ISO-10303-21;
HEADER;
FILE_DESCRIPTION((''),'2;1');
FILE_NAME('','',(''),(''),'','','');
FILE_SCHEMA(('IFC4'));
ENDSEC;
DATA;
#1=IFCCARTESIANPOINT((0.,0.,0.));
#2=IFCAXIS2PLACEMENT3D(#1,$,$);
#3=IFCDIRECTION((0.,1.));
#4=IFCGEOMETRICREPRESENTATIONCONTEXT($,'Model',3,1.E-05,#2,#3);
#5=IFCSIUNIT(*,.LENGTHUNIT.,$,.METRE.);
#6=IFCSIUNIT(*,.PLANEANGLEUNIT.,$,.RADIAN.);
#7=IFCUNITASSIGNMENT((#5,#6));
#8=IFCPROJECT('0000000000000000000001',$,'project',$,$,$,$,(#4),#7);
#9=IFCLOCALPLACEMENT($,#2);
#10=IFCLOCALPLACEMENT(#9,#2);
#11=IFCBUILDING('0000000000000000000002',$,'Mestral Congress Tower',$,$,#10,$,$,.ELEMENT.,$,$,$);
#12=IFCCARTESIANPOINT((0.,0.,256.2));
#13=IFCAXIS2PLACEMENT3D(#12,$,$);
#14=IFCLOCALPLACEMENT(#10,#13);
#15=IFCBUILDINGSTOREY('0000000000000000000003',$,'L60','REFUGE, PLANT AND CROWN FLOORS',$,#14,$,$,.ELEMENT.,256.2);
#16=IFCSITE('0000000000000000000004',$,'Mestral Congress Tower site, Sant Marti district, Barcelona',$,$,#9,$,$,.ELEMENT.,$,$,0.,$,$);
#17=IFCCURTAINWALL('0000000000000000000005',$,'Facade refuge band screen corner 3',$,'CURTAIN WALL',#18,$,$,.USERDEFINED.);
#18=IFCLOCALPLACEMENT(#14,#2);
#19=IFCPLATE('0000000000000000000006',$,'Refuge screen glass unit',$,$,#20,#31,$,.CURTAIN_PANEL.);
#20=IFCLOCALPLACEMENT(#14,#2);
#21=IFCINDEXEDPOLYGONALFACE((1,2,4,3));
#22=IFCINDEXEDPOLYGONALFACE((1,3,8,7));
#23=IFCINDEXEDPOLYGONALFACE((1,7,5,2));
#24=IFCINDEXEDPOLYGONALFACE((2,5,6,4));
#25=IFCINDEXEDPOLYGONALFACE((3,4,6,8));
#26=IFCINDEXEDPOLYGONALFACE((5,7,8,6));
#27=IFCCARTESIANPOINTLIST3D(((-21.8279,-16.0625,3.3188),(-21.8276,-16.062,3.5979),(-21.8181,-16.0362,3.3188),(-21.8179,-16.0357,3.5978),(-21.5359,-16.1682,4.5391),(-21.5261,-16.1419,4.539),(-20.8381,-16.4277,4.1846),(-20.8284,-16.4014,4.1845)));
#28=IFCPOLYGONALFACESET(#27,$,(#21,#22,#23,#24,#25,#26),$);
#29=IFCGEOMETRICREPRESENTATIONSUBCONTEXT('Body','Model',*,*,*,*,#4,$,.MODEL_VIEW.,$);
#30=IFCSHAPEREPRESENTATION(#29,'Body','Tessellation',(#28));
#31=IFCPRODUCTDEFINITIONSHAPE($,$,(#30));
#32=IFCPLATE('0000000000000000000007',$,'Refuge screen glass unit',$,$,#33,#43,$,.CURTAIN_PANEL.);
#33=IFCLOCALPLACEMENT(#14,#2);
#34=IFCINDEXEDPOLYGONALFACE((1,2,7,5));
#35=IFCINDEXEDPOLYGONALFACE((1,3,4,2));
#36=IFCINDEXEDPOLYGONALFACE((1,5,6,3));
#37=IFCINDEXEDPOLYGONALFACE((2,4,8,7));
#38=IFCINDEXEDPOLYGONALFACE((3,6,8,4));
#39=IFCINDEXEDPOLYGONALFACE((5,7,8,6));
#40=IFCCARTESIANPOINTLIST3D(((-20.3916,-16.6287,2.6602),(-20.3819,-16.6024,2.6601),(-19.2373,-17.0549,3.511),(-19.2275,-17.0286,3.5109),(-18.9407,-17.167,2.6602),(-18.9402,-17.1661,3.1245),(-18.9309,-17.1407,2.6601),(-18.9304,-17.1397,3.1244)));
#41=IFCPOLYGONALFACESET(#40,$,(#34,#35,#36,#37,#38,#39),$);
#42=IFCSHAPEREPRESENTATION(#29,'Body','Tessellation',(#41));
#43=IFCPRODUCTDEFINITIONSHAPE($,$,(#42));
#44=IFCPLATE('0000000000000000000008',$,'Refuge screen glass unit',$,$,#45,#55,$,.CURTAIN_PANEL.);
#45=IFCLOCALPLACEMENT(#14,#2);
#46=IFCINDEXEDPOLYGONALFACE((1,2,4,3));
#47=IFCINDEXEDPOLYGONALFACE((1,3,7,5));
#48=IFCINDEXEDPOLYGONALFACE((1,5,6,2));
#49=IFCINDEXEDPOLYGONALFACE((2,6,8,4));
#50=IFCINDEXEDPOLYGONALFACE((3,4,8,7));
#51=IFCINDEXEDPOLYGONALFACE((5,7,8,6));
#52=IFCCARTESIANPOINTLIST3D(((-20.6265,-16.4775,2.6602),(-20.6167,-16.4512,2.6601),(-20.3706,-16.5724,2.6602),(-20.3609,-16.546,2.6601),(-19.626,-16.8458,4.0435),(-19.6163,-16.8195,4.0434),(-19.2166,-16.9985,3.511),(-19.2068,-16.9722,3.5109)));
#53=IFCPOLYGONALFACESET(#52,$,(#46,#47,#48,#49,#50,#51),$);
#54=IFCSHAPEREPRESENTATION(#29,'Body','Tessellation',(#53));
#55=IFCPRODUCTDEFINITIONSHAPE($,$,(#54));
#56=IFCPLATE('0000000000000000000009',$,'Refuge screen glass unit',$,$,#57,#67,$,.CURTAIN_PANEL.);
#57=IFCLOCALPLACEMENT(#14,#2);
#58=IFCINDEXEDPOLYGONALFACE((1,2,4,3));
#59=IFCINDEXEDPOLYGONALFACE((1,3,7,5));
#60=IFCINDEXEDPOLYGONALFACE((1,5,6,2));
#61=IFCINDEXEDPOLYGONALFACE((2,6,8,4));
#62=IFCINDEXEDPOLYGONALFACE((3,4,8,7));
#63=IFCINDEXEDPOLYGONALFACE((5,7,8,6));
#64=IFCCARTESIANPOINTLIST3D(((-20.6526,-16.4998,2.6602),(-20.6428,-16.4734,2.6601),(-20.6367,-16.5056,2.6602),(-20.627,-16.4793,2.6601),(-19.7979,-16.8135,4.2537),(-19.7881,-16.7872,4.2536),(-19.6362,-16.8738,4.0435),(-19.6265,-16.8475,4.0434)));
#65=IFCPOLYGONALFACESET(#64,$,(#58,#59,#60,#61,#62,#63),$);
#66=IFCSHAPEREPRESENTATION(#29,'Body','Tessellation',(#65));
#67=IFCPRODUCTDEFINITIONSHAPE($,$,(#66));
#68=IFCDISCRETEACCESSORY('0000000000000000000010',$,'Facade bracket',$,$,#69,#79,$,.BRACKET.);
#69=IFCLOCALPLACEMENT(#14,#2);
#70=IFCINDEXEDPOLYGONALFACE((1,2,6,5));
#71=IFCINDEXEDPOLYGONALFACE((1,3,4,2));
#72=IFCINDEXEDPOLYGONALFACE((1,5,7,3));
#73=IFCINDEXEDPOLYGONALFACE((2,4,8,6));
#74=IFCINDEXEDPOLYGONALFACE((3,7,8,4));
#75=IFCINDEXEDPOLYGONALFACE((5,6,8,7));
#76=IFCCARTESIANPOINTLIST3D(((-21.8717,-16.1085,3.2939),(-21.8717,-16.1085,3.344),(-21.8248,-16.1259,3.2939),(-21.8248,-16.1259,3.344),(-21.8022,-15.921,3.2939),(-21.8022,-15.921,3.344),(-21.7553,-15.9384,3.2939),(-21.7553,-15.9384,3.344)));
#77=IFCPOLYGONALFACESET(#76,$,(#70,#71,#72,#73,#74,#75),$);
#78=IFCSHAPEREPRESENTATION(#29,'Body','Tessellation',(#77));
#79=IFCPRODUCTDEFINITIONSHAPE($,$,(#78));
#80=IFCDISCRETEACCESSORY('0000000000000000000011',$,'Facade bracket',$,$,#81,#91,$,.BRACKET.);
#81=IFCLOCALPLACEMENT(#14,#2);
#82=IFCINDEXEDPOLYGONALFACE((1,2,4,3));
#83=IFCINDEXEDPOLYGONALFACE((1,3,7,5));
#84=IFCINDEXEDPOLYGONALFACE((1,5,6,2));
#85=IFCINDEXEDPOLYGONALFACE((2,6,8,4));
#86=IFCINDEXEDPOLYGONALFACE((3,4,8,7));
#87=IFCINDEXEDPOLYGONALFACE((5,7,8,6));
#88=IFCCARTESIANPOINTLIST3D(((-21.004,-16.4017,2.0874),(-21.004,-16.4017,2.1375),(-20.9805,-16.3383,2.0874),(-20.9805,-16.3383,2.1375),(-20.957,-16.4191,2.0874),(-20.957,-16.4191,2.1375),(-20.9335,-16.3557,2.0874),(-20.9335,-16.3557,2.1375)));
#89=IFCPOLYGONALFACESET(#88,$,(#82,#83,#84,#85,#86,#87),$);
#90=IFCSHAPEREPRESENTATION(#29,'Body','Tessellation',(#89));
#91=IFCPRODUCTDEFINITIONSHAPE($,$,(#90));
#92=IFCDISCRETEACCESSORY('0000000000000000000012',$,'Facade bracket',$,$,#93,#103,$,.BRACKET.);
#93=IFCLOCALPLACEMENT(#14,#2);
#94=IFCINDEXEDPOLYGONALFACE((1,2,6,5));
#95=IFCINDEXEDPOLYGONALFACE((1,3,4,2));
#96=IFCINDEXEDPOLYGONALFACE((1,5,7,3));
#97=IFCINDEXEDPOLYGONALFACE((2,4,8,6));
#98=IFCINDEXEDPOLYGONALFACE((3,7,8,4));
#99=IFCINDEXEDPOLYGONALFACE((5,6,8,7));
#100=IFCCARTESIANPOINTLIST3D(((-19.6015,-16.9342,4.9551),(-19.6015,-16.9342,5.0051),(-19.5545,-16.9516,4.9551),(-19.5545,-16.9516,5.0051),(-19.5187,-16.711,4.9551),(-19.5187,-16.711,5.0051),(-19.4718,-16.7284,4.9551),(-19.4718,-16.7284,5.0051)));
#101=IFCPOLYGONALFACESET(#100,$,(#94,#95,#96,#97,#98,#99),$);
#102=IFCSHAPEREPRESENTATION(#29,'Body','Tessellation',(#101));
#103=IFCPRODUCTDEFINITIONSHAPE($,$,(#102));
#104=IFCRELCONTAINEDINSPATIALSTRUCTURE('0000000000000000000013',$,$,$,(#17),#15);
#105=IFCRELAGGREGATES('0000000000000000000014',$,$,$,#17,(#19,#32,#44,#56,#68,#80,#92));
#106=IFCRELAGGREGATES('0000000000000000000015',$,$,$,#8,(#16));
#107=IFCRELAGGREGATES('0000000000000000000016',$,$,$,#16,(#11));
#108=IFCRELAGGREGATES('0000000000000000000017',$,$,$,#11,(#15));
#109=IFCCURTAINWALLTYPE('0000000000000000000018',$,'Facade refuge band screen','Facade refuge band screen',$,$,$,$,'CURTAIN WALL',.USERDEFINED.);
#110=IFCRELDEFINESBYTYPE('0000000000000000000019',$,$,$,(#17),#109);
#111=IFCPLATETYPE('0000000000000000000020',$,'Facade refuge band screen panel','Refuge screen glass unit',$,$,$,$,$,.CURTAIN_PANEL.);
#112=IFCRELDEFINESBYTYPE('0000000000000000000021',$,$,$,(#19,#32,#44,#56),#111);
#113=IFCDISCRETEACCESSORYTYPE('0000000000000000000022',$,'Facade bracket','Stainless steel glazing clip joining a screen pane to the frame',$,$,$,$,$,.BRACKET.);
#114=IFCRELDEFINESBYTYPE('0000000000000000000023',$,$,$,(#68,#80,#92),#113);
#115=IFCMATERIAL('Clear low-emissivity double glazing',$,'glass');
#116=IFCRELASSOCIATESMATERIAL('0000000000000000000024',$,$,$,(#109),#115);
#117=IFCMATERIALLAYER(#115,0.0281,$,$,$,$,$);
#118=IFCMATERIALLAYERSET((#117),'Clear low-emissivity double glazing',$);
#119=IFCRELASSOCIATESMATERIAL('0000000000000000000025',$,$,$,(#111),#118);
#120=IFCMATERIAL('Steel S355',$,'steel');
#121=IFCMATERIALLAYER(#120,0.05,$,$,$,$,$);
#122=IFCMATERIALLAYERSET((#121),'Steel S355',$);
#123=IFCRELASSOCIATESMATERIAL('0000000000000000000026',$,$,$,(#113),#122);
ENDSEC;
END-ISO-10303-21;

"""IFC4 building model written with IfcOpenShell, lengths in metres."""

from ifc_helpers import new_model, si_unit, direction, frame, origin, origin_2d, place, context, subcontext, project, spatial, polyline, rectangle, outline, extrude, material, layer, layer_set, type_object, element, aggregate, save


model = new_model("IFC4")

# Units and contexts
model_context = context("Model", 3, precision=1e-05, world=origin(), true_north=direction((0.0, 1.0)))
body_context = subcontext(model_context, "Body", "Model", "MODEL_VIEW")
ifc_project = project(units=[si_unit("LENGTHUNIT", "METRE"), si_unit("PLANEANGLEUNIT", "RADIAN")], contexts=[model_context])

# Site, building, storey
site_placement = place(None, origin())
site = spatial("IfcSite", under=ifc_project, at=site_placement, Name="Mestral Congress Tower site, Sant Marti district, Barcelona", CompositionType="ELEMENT", RefElevation=0.0)
building_placement = place(site_placement, origin())
building = spatial("IfcBuilding", under=site, at=building_placement, Name="Mestral Congress Tower", CompositionType="ELEMENT")
storey_placement = place(building_placement, frame((0.0, 0.0, 256.2)))
storey = spatial("IfcBuildingStorey", under=building, at=storey_placement, Name="L60", Description="REFUGE, PLANT AND CROWN FLOORS", CompositionType="ELEMENT", Elevation=256.2)

# Shared definitions
ifc_material_1 = material(Name="Steel S355", Category="steel")

# Curtain wall
ifc_material_2 = material(Name="Clear low-emissivity double glazing", Category="glass")
curtain_wall_type = type_object("IfcCurtainWallType", Name="Facade refuge band screen", Description="Facade refuge band screen", ElementType="CURTAIN WALL", PredefinedType="USERDEFINED", material=ifc_material_2)
placement = place(storey_placement, origin())
curtain_wall_1 = element("IfcCurtainWall", 1, at=placement, inside=storey, type_object=curtain_wall_type, Name="Facade refuge band screen corner 3", ObjectType="CURTAIN WALL", PredefinedType="USERDEFINED")

# Plates
ifc_layer_1 = layer(ifc_material_2, 0.0281)
ifc_layer_set_1 = layer_set([ifc_layer_1], Name="Clear low-emissivity double glazing")
plate_type_1 = type_object("IfcPlateType", Name="Facade refuge band screen panel", Description="Refuge screen glass unit", PredefinedType="CURTAIN_PANEL", material=ifc_layer_set_1)
plate_1_placement = place(storey_placement, frame((-21.5359, -16.1682, 4.5391), z_axis=(-0.347712, -0.937599, 0.001977), x_axis=(0.846231, -0.314734, -0.429924)))
plate_1 = element("IfcPlate", 2, at=plate_1_placement, type_object=plate_type_1, Name="Refuge screen glass unit", PredefinedType="CURTAIN_PANEL", context=body_context, shape_type="SweptSolid", body=[
    extrude(outline(polyline([(0.0, 0.0), (0.8245, 0.0), (0.2442, -1.2352), (0.1243, -0.9832), (0.0, 0.0)])), origin(), (0.0, 0.0, -1.0), 0.0281),
])
plate_2_placement = place(storey_placement, frame((-18.9407, -17.167, 2.6602), z_axis=(-0.34782, -0.937559, 0.00222), x_axis=(-0.937561, 0.347821, 0.0)))
plate_2 = element("IfcPlate", 3, at=plate_2_placement, type_object=plate_type_1, Name="Refuge screen glass unit", PredefinedType="CURTAIN_PANEL", context=body_context, shape_type="SweptSolid", body=[
    extrude(outline(polyline([(0.0, 0.0), (1.5476, 0.0), (0.3171, -0.8508), (-0.0001, -0.4644), (0.0, 0.0)])), origin(), (0.0, 0.0, -1.0), 0.0281),
])
plate_3_placement = place(storey_placement, frame((-19.2166, -16.9985, 3.511), z_axis=(-0.347533, -0.937666, 0.001727), x_axis=(-0.771545, 0.284914, -0.568808)))
plate_3 = element("IfcPlate", 4, at=plate_3_placement, type_object=plate_type_1, Name="Refuge screen glass unit", PredefinedType="CURTAIN_PANEL", context=body_context, shape_type="SweptSolid", body=[
    extrude(outline(polyline([(0.0, 0.0), (1.4958, 0.0), (1.7202, -0.1552), (0.0566, -0.6865), (0.0, 0.0)])), origin(), (0.0, 0.0, -1.0), 0.0281),
])
plate_4_placement = place(storey_placement, frame((-19.6362, -16.8738, 4.0435), z_axis=(-0.347462, -0.937693, 0.001754), x_axis=(-0.572878, 0.210798, -0.79207)))
plate_4 = element("IfcPlate", 5, at=plate_4_placement, type_object=plate_type_1, Name="Refuge screen glass unit", PredefinedType="CURTAIN_PANEL", context=body_context, shape_type="SweptSolid", body=[
    extrude(outline(polyline([(0.0, 0.0), (1.7464, 0.0), (1.7568, -0.0134), (-0.0612, -0.265), (0.0, 0.0)])), origin(), (0.0, 0.0, -1.0), 0.0281),
])

# Discrete accessories
ifc_layer_2 = layer(ifc_material_1, 0.05)
ifc_layer_set_2 = layer_set([ifc_layer_2], Name="Steel S355")
discrete_accessory_type = type_object("IfcDiscreteAccessoryType", Name="Facade bracket", Description="Stainless steel glazing clip joining a screen pane to the frame", PredefinedType="BRACKET", material=ifc_layer_set_2)
discrete_accessory_1_placement = place(storey_placement, frame((-21.8135, -16.0234, 3.2939), z_axis=(0.0, 0.0, 1.0), x_axis=(0.937602, -0.347711, 0.0)))
discrete_accessory_1 = element("IfcDiscreteAccessory", 6, at=discrete_accessory_1_placement, type_object=discrete_accessory_type, Name="Facade bracket", PredefinedType="BRACKET", context=body_context, shape_type="SweptSolid", body=[
    extrude(rectangle(XDim=0.05, YDim=0.2, at=origin_2d()), origin(), (0.0, 0.0, 1.0), 0.05),
])
discrete_accessory_2_placement = place(storey_placement, frame((-20.9688, -16.3787, 2.0874), z_axis=(0.0, 0.0, 1.0), x_axis=(0.937571, -0.347793, 0.0)))
discrete_accessory_2 = element("IfcDiscreteAccessory", 7, at=discrete_accessory_2_placement, type_object=discrete_accessory_type, Name="Facade bracket", PredefinedType="BRACKET", context=body_context, shape_type="SweptSolid", body=[
    extrude(rectangle(XDim=0.05, YDim=0.0676, at=origin_2d()), origin(), (0.0, 0.0, 1.0), 0.05),
])
discrete_accessory_3_placement = place(storey_placement, frame((-19.5366, -16.8313, 4.9551), z_axis=(0.0, 0.0, 1.0), x_axis=(0.9376, -0.347715, 0.0)))
discrete_accessory_3 = element("IfcDiscreteAccessory", 8, at=discrete_accessory_3_placement, type_object=discrete_accessory_type, Name="Facade bracket", PredefinedType="BRACKET", context=body_context, shape_type="SweptSolid", body=[
    extrude(rectangle(XDim=0.05, YDim=0.238, at=origin_2d()), origin(), (0.0, 0.0, 1.0), 0.05),
])
aggregate(curtain_wall_1, [plate_1, plate_2, plate_3, plate_4, discrete_accessory_1, discrete_accessory_2, discrete_accessory_3])

save(model, "model.ifc")
